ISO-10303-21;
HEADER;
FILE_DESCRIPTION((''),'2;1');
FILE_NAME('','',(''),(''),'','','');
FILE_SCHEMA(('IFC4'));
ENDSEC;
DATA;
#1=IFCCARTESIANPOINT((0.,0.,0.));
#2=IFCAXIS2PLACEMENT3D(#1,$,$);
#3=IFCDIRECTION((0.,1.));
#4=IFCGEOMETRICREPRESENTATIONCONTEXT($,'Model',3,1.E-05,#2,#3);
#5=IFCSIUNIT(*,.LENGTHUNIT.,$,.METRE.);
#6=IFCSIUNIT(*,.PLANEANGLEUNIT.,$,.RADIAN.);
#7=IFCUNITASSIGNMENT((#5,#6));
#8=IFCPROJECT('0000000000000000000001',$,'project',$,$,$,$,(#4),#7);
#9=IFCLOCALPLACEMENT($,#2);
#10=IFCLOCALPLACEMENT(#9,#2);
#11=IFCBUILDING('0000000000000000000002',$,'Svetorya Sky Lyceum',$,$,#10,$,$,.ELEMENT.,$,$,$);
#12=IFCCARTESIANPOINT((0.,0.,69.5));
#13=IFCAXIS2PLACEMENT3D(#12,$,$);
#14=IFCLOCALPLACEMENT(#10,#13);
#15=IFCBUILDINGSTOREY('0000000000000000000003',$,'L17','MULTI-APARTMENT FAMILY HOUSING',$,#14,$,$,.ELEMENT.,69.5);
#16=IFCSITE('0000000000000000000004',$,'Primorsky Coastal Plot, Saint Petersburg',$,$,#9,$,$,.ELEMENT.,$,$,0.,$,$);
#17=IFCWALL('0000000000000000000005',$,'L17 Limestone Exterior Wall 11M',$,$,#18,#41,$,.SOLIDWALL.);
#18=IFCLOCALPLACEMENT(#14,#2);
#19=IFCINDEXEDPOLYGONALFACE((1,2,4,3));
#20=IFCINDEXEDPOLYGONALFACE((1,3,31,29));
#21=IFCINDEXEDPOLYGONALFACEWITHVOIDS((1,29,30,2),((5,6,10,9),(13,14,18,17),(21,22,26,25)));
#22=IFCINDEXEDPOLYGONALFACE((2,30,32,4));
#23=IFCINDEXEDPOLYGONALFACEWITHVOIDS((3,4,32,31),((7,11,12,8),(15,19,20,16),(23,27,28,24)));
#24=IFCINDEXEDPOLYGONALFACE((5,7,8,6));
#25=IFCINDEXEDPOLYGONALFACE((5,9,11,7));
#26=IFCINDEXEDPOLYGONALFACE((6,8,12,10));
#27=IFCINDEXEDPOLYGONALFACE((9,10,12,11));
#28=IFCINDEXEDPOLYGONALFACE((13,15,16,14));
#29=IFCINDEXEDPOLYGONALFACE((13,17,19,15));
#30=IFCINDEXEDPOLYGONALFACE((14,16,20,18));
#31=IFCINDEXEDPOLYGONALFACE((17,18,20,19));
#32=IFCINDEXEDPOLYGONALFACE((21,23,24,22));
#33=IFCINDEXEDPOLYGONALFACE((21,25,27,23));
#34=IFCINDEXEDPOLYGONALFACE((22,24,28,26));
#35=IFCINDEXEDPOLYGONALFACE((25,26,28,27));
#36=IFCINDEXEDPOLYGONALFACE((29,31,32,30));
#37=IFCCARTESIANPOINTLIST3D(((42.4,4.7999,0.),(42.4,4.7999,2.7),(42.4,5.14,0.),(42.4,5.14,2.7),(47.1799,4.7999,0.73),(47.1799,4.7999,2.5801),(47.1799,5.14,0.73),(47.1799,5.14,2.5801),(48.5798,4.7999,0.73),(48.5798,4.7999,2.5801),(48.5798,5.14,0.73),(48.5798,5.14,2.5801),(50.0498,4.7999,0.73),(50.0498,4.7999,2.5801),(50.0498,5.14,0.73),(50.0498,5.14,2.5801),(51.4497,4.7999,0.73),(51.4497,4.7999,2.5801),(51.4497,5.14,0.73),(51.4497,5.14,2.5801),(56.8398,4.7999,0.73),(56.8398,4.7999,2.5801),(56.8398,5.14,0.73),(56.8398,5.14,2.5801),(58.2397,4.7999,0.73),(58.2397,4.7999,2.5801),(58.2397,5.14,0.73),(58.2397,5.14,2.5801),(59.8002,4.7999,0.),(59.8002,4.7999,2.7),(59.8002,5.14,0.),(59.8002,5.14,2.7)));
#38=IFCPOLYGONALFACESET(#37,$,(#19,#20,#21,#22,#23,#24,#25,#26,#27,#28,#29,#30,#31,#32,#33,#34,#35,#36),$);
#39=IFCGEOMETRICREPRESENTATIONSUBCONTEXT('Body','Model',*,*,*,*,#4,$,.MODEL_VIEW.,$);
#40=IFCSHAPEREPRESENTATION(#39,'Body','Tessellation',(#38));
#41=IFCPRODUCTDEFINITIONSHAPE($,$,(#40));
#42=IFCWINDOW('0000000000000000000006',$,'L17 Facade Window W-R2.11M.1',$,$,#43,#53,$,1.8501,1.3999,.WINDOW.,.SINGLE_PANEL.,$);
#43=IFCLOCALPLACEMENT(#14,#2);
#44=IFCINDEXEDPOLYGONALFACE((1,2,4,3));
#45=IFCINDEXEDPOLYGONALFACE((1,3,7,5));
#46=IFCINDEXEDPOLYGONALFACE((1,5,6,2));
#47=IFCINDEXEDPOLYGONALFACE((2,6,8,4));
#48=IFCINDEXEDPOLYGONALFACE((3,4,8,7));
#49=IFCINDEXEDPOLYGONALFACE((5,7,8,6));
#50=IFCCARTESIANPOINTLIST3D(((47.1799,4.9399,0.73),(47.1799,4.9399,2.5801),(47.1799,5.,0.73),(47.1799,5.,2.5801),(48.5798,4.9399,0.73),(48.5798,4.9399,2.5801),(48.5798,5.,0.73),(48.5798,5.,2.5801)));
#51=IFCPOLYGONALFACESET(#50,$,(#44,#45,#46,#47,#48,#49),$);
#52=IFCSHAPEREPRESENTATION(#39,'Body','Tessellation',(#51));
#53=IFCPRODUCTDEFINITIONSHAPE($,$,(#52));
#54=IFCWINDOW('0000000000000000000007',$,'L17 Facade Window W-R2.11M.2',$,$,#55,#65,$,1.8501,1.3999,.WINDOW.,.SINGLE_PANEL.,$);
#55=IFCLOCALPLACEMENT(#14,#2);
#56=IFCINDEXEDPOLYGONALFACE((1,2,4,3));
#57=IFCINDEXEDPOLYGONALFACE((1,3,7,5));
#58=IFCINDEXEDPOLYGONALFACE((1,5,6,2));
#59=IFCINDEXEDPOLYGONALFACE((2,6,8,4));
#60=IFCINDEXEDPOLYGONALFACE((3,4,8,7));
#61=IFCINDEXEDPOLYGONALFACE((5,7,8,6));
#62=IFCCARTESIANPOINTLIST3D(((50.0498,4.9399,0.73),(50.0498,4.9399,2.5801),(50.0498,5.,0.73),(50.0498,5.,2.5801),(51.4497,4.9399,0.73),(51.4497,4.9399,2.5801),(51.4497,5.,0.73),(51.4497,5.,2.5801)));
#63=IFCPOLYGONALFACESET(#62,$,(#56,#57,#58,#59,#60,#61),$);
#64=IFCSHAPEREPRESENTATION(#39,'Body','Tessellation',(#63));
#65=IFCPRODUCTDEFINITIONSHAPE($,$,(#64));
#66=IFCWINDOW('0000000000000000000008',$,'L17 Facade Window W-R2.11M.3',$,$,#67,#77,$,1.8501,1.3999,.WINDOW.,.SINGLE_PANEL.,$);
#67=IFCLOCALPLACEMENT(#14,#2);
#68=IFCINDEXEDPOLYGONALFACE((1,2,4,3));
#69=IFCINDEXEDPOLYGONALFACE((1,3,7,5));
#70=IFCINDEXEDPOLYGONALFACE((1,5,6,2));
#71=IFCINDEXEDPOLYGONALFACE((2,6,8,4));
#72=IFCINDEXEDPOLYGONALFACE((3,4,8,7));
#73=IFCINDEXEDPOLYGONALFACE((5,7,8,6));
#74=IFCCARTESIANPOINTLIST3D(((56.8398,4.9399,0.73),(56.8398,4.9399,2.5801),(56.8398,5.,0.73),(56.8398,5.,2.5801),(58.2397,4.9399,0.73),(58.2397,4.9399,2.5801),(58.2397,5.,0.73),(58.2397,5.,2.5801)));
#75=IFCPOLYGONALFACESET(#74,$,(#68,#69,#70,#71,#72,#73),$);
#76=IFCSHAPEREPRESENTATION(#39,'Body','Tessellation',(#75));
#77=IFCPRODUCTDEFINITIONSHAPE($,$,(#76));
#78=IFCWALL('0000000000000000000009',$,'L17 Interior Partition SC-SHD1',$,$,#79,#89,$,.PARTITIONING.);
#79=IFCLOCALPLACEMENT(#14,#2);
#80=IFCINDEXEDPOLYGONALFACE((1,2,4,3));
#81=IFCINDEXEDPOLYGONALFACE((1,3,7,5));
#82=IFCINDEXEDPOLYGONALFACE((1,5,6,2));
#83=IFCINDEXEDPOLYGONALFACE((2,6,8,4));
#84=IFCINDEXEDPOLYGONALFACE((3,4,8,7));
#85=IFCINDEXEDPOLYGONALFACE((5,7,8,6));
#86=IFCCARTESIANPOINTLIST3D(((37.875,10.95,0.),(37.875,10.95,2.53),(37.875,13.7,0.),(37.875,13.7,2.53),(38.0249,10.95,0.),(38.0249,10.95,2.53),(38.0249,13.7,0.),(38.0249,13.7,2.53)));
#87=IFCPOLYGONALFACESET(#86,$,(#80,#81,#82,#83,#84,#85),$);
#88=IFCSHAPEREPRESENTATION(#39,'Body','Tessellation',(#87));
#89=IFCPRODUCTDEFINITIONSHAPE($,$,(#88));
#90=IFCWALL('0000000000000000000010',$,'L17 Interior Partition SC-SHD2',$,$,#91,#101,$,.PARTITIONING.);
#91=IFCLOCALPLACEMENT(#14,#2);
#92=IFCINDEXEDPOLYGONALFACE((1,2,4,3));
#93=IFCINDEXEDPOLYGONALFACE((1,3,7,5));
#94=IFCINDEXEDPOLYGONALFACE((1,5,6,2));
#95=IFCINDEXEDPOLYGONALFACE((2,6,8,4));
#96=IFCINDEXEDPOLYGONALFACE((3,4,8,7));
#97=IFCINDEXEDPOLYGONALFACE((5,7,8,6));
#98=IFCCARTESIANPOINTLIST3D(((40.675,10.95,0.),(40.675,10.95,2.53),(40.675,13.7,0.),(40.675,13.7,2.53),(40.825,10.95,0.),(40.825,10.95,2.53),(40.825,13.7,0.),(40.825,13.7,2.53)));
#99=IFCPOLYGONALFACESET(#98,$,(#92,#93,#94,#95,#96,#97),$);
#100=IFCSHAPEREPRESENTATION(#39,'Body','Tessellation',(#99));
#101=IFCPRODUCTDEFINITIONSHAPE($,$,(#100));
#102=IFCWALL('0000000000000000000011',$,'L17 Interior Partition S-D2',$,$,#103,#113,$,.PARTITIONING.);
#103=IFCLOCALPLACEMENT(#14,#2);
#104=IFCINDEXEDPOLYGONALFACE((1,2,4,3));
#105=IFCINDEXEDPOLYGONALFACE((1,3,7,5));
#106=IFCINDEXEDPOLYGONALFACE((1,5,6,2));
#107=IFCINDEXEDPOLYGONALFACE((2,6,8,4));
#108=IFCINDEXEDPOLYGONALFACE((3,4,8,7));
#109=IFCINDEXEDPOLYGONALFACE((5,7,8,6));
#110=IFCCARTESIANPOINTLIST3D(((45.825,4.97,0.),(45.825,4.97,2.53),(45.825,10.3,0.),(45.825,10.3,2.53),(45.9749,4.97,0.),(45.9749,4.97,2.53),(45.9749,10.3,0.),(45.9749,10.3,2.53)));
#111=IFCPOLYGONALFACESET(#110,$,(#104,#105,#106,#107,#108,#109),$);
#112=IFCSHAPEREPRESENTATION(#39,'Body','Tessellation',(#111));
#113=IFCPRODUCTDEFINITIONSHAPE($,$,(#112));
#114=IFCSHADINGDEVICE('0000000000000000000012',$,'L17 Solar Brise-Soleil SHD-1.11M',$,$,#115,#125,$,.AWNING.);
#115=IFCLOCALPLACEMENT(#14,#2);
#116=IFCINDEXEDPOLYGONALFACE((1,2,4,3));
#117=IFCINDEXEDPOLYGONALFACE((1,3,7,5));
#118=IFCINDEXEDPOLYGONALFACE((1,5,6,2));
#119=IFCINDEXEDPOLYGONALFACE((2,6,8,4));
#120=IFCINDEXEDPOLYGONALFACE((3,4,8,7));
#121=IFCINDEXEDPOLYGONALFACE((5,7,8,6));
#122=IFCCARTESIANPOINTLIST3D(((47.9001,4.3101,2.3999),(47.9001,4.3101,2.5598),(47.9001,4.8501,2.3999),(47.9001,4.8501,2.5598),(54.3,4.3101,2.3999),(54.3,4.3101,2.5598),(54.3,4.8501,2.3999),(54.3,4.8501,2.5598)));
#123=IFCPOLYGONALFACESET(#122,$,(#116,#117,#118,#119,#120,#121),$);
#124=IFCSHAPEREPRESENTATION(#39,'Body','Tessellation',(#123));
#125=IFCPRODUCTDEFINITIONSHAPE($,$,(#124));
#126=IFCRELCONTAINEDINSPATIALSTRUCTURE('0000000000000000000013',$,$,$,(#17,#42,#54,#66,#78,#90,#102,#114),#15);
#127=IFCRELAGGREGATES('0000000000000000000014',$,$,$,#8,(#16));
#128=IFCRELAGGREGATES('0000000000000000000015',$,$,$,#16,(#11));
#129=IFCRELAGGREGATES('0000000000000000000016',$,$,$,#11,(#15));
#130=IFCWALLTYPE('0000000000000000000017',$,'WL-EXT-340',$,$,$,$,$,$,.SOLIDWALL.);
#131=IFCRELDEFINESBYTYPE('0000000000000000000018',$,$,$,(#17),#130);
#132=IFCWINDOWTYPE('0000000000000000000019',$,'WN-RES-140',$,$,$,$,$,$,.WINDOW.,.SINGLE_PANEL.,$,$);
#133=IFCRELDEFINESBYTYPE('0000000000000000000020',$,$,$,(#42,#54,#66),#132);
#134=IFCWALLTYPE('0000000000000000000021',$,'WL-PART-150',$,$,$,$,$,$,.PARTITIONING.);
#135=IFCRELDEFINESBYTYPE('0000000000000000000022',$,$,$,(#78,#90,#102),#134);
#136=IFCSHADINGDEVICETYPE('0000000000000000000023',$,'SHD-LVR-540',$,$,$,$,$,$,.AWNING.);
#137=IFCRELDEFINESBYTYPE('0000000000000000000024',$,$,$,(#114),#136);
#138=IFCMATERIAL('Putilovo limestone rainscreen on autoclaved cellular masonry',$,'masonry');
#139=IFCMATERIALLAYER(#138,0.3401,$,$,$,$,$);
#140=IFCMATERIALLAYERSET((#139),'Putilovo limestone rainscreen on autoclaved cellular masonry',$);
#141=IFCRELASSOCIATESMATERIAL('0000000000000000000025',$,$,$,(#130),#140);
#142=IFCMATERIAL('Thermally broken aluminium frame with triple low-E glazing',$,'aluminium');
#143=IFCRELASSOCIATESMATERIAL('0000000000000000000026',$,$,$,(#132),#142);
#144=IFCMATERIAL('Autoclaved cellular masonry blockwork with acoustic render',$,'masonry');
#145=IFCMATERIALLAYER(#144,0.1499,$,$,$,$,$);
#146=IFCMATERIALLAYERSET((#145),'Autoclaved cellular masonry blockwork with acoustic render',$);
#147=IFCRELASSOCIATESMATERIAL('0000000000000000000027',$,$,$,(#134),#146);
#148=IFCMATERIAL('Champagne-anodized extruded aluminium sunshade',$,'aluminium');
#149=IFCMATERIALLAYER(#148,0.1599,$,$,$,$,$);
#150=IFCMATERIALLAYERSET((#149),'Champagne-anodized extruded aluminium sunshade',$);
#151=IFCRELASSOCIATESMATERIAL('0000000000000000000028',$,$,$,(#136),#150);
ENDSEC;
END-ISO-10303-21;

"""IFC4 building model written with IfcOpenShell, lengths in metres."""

from ifc_helpers import new_model, si_unit, direction, frame, frame_2d, origin, origin_2d, place, context, subcontext, project, spatial, rectangle, extrude, material, layer, layer_set, type_object, element, fill, save


model = new_model("IFC4")

# Units and contexts
model_context = context("Model", 3, precision=1e-05, world=origin(), true_north=direction((0.0, 1.0)))
body_context = subcontext(model_context, "Body", "Model", "MODEL_VIEW")
ifc_project = project(units=[si_unit("LENGTHUNIT", "METRE"), si_unit("PLANEANGLEUNIT", "RADIAN")], contexts=[model_context])

# Site, building, storey
site_placement = place(None, origin())
site = spatial("IfcSite", under=ifc_project, at=site_placement, Name="Primorsky Coastal Plot, Saint Petersburg", CompositionType="ELEMENT", RefElevation=0.0)
building_placement = place(site_placement, origin())
building = spatial("IfcBuilding", under=site, at=building_placement, Name="Svetorya Sky Lyceum", CompositionType="ELEMENT")
storey_placement = place(building_placement, frame((0.0, 0.0, 69.5)))
storey = spatial("IfcBuildingStorey", under=building, at=storey_placement, Name="L17", Description="MULTI-APARTMENT FAMILY HOUSING", CompositionType="ELEMENT", Elevation=69.5)

# Shared definitions
ifc_material_1 = material(Name="Putilovo limestone rainscreen on autoclaved cellular masonry", Category="masonry")
ifc_layer_1 = layer(ifc_material_1, 0.3401)
ifc_layer_set_1 = layer_set([ifc_layer_1], Name="Putilovo limestone rainscreen on autoclaved cellular masonry")
wall_type_1 = type_object("IfcWallType", Name="WL-EXT-340", PredefinedType="SOLIDWALL", material=ifc_layer_set_1)

# Wall, openings, windows
wall_1_placement = place(storey_placement, frame((42.3999, 4.97, 0.0), z_axis=(0.0, 0.0, 1.0), x_axis=(1.0, 0.0, 0.0)))
wall_1 = element("IfcWall", 1, at=wall_1_placement, inside=storey, type_object=wall_type_1, Name="L17 Limestone Exterior Wall 11M", PredefinedType="SOLIDWALL", context=body_context, shape_type="SweptSolid", body=[
    extrude(rectangle(XDim=17.4001, YDim=0.3401, at=frame_2d((8.7002, 0.0))), origin(), (0.0, 0.0, 1.0), 2.7),
])
opening_1_placement = place(wall_1_placement, frame((4.78, 0.0, 0.73)))
opening_1 = element("IfcOpeningElement", 2, at=opening_1_placement, cuts=wall_1, PredefinedType="OPENING", context=body_context, shape_type="SweptSolid", body=[
    extrude(rectangle(XDim=1.3999, YDim=1.8501, at=frame_2d((0.7, 0.925))), frame((0.0, 0.1799, 0.0), z_axis=(0.0, -1.0, 0.0), x_axis=(1.0, 0.0, 0.0)), (0.0, 0.0, 1.0), 0.3601),
])
opening_2_placement = place(wall_1_placement, frame((7.6499, 0.0, 0.73)))
opening_2 = element("IfcOpeningElement", 3, at=opening_2_placement, cuts=wall_1, PredefinedType="OPENING", context=body_context, shape_type="SweptSolid", body=[
    extrude(rectangle(XDim=1.3999, YDim=1.8501, at=frame_2d((0.7, 0.925))), frame((0.0, 0.1799, 0.0), z_axis=(0.0, -1.0, 0.0), x_axis=(1.0, 0.0, 0.0)), (0.0, 0.0, 1.0), 0.3601),
])
opening_3_placement = place(wall_1_placement, frame((14.4399, 0.0, 0.73)))
opening_3 = element("IfcOpeningElement", 4, at=opening_3_placement, cuts=wall_1, PredefinedType="OPENING", context=body_context, shape_type="SweptSolid", body=[
    extrude(rectangle(XDim=1.3999, YDim=1.8501, at=frame_2d((0.7, 0.925))), frame((0.0, 0.1799, 0.0), z_axis=(0.0, -1.0, 0.0), x_axis=(1.0, 0.0, 0.0)), (0.0, 0.0, 1.0), 0.3601),
])
ifc_material_2 = material(Name="Thermally broken aluminium frame with triple low-E glazing", Category="aluminium")
window_type = type_object("IfcWindowType", Name="WN-RES-140", PartitioningType="SINGLE_PANEL", PredefinedType="WINDOW", material=ifc_material_2)
window_1_placement = place(opening_1_placement, origin())
window_1 = element("IfcWindow", 5, at=window_1_placement, inside=storey, type_object=window_type, Name="L17 Facade Window W-R2.11M.1", OverallHeight=1.8501, OverallWidth=1.3999, PartitioningType="SINGLE_PANEL", PredefinedType="WINDOW", context=body_context, shape_type="SweptSolid", body=[
    extrude(rectangle(XDim=1.3999, YDim=1.8501, at=frame_2d((0.7, 0.925))), frame((0.0, 0.03, 0.0), z_axis=(0.0, -1.0, 0.0), x_axis=(1.0, 0.0, 0.0)), (0.0, 0.0, 1.0), 0.0601),
])
fill(opening_1, window_1)
window_2_placement = place(opening_2_placement, origin())
window_2 = element("IfcWindow", 6, at=window_2_placement, inside=storey, type_object=window_type, Name="L17 Facade Window W-R2.11M.2", OverallHeight=1.8501, OverallWidth=1.3999, PartitioningType="SINGLE_PANEL", PredefinedType="WINDOW", context=body_context, shape_type="SweptSolid", body=[
    extrude(rectangle(XDim=1.3999, YDim=1.8501, at=frame_2d((0.7, 0.925))), frame((0.0, 0.03, 0.0), z_axis=(0.0, -1.0, 0.0), x_axis=(1.0, 0.0, 0.0)), (0.0, 0.0, 1.0), 0.0601),
])
fill(opening_2, window_2)
window_3_placement = place(opening_3_placement, origin())
window_3 = element("IfcWindow", 7, at=window_3_placement, inside=storey, type_object=window_type, Name="L17 Facade Window W-R2.11M.3", OverallHeight=1.8501, OverallWidth=1.3999, PartitioningType="SINGLE_PANEL", PredefinedType="WINDOW", context=body_context, shape_type="SweptSolid", body=[
    extrude(rectangle(XDim=1.3999, YDim=1.8501, at=frame_2d((0.7, 0.925))), frame((0.0, 0.03, 0.0), z_axis=(0.0, -1.0, 0.0), x_axis=(1.0, 0.0, 0.0)), (0.0, 0.0, 1.0), 0.0601),
])
fill(opening_3, window_3)

# Walls
ifc_material_3 = material(Name="Autoclaved cellular masonry blockwork with acoustic render", Category="masonry")
ifc_layer_2 = layer(ifc_material_3, 0.1499)
ifc_layer_set_2 = layer_set([ifc_layer_2], Name="Autoclaved cellular masonry blockwork with acoustic render")
wall_type_2 = type_object("IfcWallType", Name="WL-PART-150", PredefinedType="PARTITIONING", material=ifc_layer_set_2)
for number, where, z_axis, x_axis, name in (
    (8, (37.95, 10.95, 0.0), (0.0, 0.0, 1.0), (0.0, 1.0, 0.0), "L17 Interior Partition SC-SHD1"),
    (9, (40.75, 10.95, 0.0), (0.0, 0.0, 1.0), (0.0, 1.0, 0.0), "L17 Interior Partition SC-SHD2"),
):
    element("IfcWall", number, at=place(storey_placement, frame(where, z_axis=z_axis, x_axis=x_axis)), inside=storey, type_object=wall_type_2, Name=name, PredefinedType="PARTITIONING", context=body_context, shape_type="SweptSolid", body=[
        extrude(rectangle(XDim=2.75, YDim=0.1499, at=frame_2d((1.375, 0.0))), origin(), (0.0, 0.0, 1.0), 2.53),
    ])
wall_2_placement = place(storey_placement, frame((45.8999, 4.97, 0.0), z_axis=(0.0, 0.0, 1.0), x_axis=(0.0, 1.0, 0.0)))
element("IfcWall", 10, at=wall_2_placement, inside=storey, type_object=wall_type_2, Name="L17 Interior Partition S-D2", PredefinedType="PARTITIONING", context=body_context, shape_type="SweptSolid", body=[
    extrude(rectangle(XDim=5.3301, YDim=0.1499, at=frame_2d((2.665, 0.0))), origin(), (0.0, 0.0, 1.0), 2.53),
])

# Shading device
ifc_material_4 = material(Name="Champagne-anodized extruded aluminium sunshade", Category="aluminium")
ifc_layer_3 = layer(ifc_material_4, 0.1599)
ifc_layer_set_3 = layer_set([ifc_layer_3], Name="Champagne-anodized extruded aluminium sunshade")
shading_device_type = type_object("IfcShadingDeviceType", Name="SHD-LVR-540", PredefinedType="AWNING", material=ifc_layer_set_3)
shading_device_placement = place(storey_placement, frame((51.1001, 4.5801, 2.3999), z_axis=(0.0, 0.0, 1.0), x_axis=(1.0, 0.0, 0.0)))
element("IfcShadingDevice", 11, at=shading_device_placement, inside=storey, type_object=shading_device_type, Name="L17 Solar Brise-Soleil SHD-1.11M", PredefinedType="AWNING", context=body_context, shape_type="SweptSolid", body=[
    extrude(rectangle(XDim=6.3999, YDim=0.54, at=origin_2d()), origin(), (0.0, 0.0, 1.0), 0.1599),
])

save(model, "model.ifc")
